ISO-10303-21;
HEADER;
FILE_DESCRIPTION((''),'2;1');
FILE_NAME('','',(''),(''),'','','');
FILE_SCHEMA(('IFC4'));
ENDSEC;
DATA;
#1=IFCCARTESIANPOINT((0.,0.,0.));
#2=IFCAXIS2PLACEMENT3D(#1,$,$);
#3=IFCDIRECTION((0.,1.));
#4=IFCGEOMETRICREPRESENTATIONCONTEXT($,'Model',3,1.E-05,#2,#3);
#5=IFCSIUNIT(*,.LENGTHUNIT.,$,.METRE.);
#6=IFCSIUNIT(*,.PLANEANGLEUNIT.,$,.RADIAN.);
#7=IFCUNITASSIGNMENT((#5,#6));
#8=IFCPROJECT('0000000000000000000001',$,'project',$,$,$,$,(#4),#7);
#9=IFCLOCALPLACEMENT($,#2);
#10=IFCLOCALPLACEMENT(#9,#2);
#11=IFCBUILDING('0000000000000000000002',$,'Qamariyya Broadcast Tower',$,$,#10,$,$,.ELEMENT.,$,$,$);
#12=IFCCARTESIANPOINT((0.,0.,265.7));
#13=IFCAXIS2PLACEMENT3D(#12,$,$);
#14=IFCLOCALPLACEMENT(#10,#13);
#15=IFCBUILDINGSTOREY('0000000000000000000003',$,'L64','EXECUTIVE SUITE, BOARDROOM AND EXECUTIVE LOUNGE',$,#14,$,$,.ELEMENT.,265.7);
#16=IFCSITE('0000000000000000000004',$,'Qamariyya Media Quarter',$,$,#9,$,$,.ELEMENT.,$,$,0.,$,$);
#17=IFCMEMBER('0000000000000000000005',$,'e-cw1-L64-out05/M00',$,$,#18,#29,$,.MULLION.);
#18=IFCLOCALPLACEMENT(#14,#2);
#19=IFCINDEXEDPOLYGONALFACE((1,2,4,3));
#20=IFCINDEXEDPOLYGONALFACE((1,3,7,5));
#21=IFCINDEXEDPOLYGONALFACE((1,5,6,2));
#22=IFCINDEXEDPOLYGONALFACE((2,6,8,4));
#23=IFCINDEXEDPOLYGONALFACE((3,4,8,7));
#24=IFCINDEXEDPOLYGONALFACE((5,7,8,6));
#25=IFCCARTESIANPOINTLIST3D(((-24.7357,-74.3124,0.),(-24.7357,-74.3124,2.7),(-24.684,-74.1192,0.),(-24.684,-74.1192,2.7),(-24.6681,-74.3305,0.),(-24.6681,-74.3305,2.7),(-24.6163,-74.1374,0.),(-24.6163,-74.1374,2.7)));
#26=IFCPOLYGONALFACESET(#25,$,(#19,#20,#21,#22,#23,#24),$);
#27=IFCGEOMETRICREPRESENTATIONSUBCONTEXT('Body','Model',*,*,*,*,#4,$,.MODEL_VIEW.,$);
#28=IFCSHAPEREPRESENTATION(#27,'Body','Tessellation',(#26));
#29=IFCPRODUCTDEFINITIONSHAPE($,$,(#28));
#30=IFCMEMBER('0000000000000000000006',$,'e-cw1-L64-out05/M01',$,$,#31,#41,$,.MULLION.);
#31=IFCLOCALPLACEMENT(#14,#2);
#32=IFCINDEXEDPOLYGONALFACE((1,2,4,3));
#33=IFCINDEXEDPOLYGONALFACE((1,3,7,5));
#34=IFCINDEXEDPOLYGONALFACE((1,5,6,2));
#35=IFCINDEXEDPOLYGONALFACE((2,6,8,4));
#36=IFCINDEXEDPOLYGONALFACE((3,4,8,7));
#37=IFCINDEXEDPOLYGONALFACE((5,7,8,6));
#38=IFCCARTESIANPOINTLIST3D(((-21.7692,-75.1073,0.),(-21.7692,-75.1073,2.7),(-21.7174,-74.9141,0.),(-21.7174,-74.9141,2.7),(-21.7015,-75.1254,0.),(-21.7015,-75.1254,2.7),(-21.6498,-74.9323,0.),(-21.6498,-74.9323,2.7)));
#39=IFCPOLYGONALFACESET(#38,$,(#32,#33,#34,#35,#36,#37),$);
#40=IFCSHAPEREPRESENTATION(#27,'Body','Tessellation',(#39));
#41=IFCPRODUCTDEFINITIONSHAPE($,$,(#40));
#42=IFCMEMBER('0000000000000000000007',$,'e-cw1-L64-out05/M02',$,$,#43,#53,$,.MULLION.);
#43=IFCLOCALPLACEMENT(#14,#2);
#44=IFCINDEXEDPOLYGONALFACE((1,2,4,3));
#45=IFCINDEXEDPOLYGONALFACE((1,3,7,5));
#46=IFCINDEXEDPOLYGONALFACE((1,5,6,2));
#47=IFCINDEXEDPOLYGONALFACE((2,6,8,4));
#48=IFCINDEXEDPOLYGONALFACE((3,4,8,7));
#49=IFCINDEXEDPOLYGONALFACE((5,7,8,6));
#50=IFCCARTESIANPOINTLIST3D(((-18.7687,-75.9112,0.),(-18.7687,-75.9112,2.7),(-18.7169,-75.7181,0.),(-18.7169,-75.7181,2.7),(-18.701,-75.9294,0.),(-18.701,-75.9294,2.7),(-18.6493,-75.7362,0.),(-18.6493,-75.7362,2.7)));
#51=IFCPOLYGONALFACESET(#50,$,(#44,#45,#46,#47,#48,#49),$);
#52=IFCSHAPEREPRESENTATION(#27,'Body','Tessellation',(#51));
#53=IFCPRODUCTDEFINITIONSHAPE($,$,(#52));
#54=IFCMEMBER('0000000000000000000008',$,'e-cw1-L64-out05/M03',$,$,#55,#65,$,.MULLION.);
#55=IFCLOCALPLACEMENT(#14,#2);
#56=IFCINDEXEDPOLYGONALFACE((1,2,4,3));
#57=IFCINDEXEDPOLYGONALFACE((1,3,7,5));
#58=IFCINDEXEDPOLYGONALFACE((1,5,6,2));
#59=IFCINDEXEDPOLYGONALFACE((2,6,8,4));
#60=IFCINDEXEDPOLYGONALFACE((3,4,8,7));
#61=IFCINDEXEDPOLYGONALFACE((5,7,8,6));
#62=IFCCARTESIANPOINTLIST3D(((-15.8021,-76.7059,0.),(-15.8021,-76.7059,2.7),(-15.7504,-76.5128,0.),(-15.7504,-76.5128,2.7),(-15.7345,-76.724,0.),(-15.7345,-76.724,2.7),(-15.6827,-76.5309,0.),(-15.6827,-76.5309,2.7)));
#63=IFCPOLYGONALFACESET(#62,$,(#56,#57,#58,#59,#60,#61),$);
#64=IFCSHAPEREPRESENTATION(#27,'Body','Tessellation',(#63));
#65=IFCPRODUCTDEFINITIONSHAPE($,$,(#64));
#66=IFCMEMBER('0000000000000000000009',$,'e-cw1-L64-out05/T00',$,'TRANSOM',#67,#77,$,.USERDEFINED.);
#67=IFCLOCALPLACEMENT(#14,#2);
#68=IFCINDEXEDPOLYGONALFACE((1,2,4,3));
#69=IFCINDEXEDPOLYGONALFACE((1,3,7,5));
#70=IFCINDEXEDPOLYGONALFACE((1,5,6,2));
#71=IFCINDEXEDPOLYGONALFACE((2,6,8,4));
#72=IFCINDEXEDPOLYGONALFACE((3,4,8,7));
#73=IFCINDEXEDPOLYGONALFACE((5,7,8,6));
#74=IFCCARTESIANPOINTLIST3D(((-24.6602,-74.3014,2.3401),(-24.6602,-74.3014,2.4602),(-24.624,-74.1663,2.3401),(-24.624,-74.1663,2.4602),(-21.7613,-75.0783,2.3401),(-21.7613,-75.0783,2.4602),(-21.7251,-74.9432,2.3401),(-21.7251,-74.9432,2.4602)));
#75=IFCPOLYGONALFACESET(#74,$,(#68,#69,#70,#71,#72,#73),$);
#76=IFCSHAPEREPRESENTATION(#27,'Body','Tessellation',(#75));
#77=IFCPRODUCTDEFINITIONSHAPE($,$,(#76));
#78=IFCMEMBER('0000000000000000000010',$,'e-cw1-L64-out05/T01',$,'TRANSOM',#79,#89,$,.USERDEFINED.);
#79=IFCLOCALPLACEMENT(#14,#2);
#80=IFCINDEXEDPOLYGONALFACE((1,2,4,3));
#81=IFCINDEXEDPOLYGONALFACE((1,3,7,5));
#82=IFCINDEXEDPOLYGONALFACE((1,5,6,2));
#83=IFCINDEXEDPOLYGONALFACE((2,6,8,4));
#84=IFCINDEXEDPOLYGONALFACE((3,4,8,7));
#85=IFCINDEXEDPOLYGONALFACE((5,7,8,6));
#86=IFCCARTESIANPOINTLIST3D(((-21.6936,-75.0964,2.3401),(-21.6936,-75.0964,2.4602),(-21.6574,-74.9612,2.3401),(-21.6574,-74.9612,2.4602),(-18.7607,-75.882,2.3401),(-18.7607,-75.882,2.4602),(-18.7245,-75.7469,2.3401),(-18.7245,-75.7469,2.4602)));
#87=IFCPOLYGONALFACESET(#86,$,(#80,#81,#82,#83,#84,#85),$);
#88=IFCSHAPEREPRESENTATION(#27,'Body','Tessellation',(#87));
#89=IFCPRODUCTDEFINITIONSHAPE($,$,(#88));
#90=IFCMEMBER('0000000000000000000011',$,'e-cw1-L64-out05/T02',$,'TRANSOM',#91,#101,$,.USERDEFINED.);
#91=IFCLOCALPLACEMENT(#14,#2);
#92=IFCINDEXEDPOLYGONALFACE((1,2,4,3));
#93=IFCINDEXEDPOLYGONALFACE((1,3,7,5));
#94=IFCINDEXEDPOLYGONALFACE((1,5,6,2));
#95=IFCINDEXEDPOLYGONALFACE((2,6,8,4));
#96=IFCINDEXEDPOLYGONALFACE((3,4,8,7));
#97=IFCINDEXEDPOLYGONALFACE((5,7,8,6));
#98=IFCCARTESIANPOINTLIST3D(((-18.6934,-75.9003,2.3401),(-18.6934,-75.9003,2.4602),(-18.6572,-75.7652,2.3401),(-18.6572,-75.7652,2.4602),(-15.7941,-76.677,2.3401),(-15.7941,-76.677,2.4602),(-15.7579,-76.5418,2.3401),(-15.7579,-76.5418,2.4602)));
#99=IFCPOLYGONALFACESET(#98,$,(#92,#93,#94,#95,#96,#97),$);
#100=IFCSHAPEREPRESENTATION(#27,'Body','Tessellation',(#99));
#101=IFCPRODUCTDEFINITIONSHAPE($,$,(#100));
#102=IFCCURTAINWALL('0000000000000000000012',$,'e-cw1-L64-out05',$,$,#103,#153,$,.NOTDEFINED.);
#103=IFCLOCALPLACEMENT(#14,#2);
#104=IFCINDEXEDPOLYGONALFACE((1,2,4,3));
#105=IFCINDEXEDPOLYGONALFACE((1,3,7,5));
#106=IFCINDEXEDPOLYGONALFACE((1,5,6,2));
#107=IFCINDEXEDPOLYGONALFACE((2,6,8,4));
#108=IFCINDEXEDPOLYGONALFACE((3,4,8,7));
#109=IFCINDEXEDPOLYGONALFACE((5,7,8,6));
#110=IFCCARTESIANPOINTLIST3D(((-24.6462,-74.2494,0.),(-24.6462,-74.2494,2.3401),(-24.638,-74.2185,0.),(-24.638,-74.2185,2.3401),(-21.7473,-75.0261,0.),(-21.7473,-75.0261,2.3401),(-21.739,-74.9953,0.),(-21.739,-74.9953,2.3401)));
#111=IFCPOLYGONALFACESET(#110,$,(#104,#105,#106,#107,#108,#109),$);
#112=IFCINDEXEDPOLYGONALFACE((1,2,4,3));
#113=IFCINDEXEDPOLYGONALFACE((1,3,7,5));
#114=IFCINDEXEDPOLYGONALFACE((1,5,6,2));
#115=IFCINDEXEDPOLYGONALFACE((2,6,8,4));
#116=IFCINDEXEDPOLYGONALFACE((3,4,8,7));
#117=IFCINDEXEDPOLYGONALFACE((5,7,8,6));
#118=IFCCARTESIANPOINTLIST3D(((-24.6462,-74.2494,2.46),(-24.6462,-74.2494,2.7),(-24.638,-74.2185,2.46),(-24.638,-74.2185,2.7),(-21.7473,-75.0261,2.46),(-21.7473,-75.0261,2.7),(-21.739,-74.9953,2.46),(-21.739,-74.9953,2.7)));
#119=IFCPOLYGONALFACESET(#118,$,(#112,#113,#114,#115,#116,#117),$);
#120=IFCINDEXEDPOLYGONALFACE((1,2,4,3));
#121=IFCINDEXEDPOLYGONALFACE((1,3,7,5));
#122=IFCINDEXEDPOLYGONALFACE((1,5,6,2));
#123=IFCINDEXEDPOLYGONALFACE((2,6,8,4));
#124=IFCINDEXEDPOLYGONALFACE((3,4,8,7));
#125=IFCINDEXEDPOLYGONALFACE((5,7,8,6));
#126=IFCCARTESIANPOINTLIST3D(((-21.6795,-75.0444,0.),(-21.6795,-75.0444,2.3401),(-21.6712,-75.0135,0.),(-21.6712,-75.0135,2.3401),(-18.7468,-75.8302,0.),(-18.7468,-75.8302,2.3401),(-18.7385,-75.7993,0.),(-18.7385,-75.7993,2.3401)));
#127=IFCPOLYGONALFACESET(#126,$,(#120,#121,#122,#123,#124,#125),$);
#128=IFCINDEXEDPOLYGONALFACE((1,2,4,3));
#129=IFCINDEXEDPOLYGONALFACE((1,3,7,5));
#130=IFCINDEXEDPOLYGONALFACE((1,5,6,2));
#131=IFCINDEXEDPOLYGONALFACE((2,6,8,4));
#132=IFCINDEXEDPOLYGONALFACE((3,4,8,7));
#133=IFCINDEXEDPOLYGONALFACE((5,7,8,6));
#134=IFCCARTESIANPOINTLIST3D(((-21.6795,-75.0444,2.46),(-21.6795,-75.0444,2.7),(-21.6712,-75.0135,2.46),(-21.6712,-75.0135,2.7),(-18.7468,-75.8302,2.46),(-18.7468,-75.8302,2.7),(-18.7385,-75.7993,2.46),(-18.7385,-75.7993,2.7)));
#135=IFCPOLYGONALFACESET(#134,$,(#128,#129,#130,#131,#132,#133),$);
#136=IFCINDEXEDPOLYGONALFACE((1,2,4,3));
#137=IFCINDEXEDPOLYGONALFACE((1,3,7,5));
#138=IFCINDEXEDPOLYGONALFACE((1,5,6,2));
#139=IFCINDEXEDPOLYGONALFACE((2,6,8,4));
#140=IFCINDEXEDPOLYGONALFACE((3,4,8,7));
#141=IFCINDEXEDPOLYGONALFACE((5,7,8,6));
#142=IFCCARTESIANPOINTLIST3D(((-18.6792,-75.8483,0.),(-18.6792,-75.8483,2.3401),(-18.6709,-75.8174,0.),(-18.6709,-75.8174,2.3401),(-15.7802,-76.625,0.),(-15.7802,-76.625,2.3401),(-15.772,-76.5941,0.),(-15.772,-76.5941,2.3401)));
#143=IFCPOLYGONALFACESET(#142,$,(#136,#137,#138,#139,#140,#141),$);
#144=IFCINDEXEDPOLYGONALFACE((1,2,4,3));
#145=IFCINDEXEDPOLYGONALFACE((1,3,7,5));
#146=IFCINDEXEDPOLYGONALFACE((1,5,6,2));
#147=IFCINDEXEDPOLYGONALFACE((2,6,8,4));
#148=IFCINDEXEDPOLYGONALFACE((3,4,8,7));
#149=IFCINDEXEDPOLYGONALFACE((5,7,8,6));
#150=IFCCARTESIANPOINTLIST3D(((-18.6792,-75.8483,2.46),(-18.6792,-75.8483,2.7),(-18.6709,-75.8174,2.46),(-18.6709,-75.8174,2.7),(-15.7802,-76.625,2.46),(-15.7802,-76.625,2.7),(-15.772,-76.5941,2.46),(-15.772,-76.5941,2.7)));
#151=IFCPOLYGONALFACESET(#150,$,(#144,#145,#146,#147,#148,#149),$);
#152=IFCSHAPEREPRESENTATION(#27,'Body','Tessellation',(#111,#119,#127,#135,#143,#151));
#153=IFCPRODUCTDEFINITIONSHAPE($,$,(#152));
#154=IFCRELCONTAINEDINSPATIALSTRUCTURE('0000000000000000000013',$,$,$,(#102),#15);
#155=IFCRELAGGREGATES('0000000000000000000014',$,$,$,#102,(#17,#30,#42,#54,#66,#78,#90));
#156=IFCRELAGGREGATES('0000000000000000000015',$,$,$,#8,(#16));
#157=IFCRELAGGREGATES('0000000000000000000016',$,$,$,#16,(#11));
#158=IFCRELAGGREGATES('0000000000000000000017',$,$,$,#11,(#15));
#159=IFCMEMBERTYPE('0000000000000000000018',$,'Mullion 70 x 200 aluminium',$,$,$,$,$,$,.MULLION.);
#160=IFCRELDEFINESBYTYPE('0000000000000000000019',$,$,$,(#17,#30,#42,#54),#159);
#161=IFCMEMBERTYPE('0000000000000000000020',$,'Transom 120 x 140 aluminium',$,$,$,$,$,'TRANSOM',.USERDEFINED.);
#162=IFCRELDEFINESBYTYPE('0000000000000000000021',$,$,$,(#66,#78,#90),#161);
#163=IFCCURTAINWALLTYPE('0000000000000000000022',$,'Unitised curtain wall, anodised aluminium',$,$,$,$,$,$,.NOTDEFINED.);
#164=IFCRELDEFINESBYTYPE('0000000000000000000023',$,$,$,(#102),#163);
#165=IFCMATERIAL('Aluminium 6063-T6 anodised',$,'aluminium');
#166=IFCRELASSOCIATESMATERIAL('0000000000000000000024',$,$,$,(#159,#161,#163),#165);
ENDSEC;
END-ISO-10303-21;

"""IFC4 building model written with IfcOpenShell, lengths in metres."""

from ifc_helpers import new_model, si_unit, direction, frame, origin, origin_2d, place, context, subcontext, project, spatial, rectangle, extrude, material, material_profile, profile_set, type_object, element, aggregate, save


model = new_model("IFC4")

# Units and contexts
model_context = context("Model", 3, precision=1e-05, world=origin(), true_north=direction((0.0, 1.0)))
body_context = subcontext(model_context, "Body", "Model", "MODEL_VIEW")
ifc_project = project(units=[si_unit("LENGTHUNIT", "METRE"), si_unit("PLANEANGLEUNIT", "RADIAN")], contexts=[model_context])

# Members
ifc_material_1 = material(Name="Aluminium 6063-T6 anodised", Category="aluminium")
ifc_material_profile_1 = material_profile(ifc_material_1, rectangle(XDim=0.2, YDim=0.0701, at=origin_2d()))
ifc_profile_set_1 = profile_set([ifc_material_profile_1], Name="Aluminium 6063-T6 anodised")
member_type_1 = type_object("IfcMemberType", Name="Mullion 70 x 200 aluminium", PredefinedType="MULLION", material=ifc_profile_set_1)
site_placement = place(None, origin())
building_placement = place(site_placement, origin())
storey_placement = place(building_placement, frame((0.0, 0.0, 265.7)))
member_1_placement = place(storey_placement, frame((-24.676, -74.2249, 0.0), z_axis=(0.0, 0.0, 1.0), x_axis=(0.258819, 0.965926, 0.0)))
member_1 = element("IfcMember", 1, at=member_1_placement, type_object=member_type_1, Name="e-cw1-L64-out05/M00", PredefinedType="MULLION", context=body_context, shape_type="SweptSolid", body=[
    extrude(rectangle(XDim=0.2, YDim=0.0701, at=origin_2d()), origin(), (0.0, 0.0, 1.0), 2.7),
])
member_2_placement = place(storey_placement, frame((-21.7095, -75.0198, 0.0), z_axis=(0.0, 0.0, 1.0), x_axis=(0.258819, 0.965926, 0.0)))
member_2 = element("IfcMember", 2, at=member_2_placement, type_object=member_type_1, Name="e-cw1-L64-out05/M01", PredefinedType="MULLION", context=body_context, shape_type="SweptSolid", body=[
    extrude(rectangle(XDim=0.2, YDim=0.0701, at=origin_2d()), origin(), (0.0, 0.0, 1.0), 2.7),
])
member_3_placement = place(storey_placement, frame((-18.709, -75.8237, 0.0), z_axis=(0.0, 0.0, 1.0), x_axis=(0.258819, 0.965926, 0.0)))
member_3 = element("IfcMember", 3, at=member_3_placement, type_object=member_type_1, Name="e-cw1-L64-out05/M02", PredefinedType="MULLION", context=body_context, shape_type="SweptSolid", body=[
    extrude(rectangle(XDim=0.2, YDim=0.0701, at=origin_2d()), origin(), (0.0, 0.0, 1.0), 2.7),
])
member_4_placement = place(storey_placement, frame((-15.7424, -76.6184, 0.0), z_axis=(0.0, 0.0, 1.0), x_axis=(0.258819, 0.965926, 0.0)))
member_4 = element("IfcMember", 4, at=member_4_placement, type_object=member_type_1, Name="e-cw1-L64-out05/M03", PredefinedType="MULLION", context=body_context, shape_type="SweptSolid", body=[
    extrude(rectangle(XDim=0.2, YDim=0.0701, at=origin_2d()), origin(), (0.0, 0.0, 1.0), 2.7),
])
ifc_material_profile_2 = material_profile(ifc_material_1, rectangle(XDim=0.1399, YDim=0.1201, at=origin_2d()))
ifc_profile_set_2 = profile_set([ifc_material_profile_2], Name="Aluminium 6063-T6 anodised")
member_type_2 = type_object("IfcMemberType", Name="Transom 120 x 140 aluminium", ElementType="TRANSOM", PredefinedType="USERDEFINED", material=ifc_profile_set_2)
member_5_placement = place(storey_placement, frame((-24.6421, -74.2339, 2.4001), z_axis=(0.965918, -0.258847, 0.0), x_axis=(0.258847, 0.965918, 0.0)))
member_5 = element("IfcMember", 5, at=member_5_placement, type_object=member_type_2, Name="e-cw1-L64-out05/T00", ObjectType="TRANSOM", PredefinedType="USERDEFINED", context=body_context, shape_type="SweptSolid", body=[
    extrude(rectangle(XDim=0.1399, YDim=0.1201, at=origin_2d()), origin(), (0.0, 0.0, 1.0), 3.0012),
])
member_6_placement = place(storey_placement, frame((-21.6755, -75.0288, 2.4001), z_axis=(0.965943, -0.258754, 0.0), x_axis=(0.258754, 0.965943, 0.0)))
member_6 = element("IfcMember", 6, at=member_6_placement, type_object=member_type_2, Name="e-cw1-L64-out05/T01", ObjectType="TRANSOM", PredefinedType="USERDEFINED", context=body_context, shape_type="SweptSolid", body=[
    extrude(rectangle(XDim=0.1399, YDim=0.1201, at=origin_2d()), origin(), (0.0, 0.0, 1.0), 3.0364),
])
member_7_placement = place(storey_placement, frame((-18.6753, -75.8328, 2.4001), z_axis=(0.965944, -0.258751, 0.0), x_axis=(0.258751, 0.965944, 0.0)))
member_7 = element("IfcMember", 7, at=member_7_placement, type_object=member_type_2, Name="e-cw1-L64-out05/T02", ObjectType="TRANSOM", PredefinedType="USERDEFINED", context=body_context, shape_type="SweptSolid", body=[
    extrude(rectangle(XDim=0.1399, YDim=0.1201, at=origin_2d()), origin(), (0.0, 0.0, 1.0), 3.0015),
])

# Site, building, storey
site = spatial("IfcSite", under=ifc_project, at=site_placement, Name="Qamariyya Media Quarter", CompositionType="ELEMENT", RefElevation=0.0)
building = spatial("IfcBuilding", under=site, at=building_placement, Name="Qamariyya Broadcast Tower", CompositionType="ELEMENT")
storey = spatial("IfcBuildingStorey", under=building, at=storey_placement, Name="L64", Description="EXECUTIVE SUITE, BOARDROOM AND EXECUTIVE LOUNGE", CompositionType="ELEMENT", Elevation=265.7)

# Curtain wall
curtain_wall_type = type_object("IfcCurtainWallType", Name="Unitised curtain wall, anodised aluminium", PredefinedType="NOTDEFINED", material=ifc_material_1)
curtain_wall_1_placement = place(storey_placement, origin())
curtain_wall_1 = element("IfcCurtainWall", 8, at=curtain_wall_1_placement, inside=storey, type_object=curtain_wall_type, Name="e-cw1-L64-out05", PredefinedType="NOTDEFINED", context=body_context, shape_type="SweptSolid", body=[
    extrude(rectangle(XDim=3.0012, YDim=0.032, at=origin_2d()), frame((-23.1926, -74.6223, 0.0), x_axis=(0.965926, -0.258819, 0.0)), (0.0, 0.0, 1.0), 2.3401),
    extrude(rectangle(XDim=3.0012, YDim=0.032, at=origin_2d()), frame((-23.1926, -74.6223, 2.46), x_axis=(0.965926, -0.258819, 0.0)), (0.0, 0.0, 1.0), 0.24),
    extrude(rectangle(XDim=3.0361, YDim=0.032, at=origin_2d()), frame((-20.209, -75.4219, 0.0), x_axis=(0.965926, -0.258819, 0.0)), (0.0, 0.0, 1.0), 2.3401),
    extrude(rectangle(XDim=3.0361, YDim=0.032, at=origin_2d()), frame((-20.209, -75.4219, 2.46), x_axis=(0.965926, -0.258819, 0.0)), (0.0, 0.0, 1.0), 0.24),
    extrude(rectangle(XDim=3.0012, YDim=0.032, at=origin_2d()), frame((-17.2256, -76.2212, 0.0), x_axis=(0.965926, -0.258819, 0.0)), (0.0, 0.0, 1.0), 2.3401),
    extrude(rectangle(XDim=3.0012, YDim=0.032, at=origin_2d()), frame((-17.2256, -76.2212, 2.46), x_axis=(0.965926, -0.258819, 0.0)), (0.0, 0.0, 1.0), 0.24),
])
aggregate(curtain_wall_1, [member_1, member_2, member_3, member_4, member_5, member_6, member_7])

save(model, "model.ifc")
